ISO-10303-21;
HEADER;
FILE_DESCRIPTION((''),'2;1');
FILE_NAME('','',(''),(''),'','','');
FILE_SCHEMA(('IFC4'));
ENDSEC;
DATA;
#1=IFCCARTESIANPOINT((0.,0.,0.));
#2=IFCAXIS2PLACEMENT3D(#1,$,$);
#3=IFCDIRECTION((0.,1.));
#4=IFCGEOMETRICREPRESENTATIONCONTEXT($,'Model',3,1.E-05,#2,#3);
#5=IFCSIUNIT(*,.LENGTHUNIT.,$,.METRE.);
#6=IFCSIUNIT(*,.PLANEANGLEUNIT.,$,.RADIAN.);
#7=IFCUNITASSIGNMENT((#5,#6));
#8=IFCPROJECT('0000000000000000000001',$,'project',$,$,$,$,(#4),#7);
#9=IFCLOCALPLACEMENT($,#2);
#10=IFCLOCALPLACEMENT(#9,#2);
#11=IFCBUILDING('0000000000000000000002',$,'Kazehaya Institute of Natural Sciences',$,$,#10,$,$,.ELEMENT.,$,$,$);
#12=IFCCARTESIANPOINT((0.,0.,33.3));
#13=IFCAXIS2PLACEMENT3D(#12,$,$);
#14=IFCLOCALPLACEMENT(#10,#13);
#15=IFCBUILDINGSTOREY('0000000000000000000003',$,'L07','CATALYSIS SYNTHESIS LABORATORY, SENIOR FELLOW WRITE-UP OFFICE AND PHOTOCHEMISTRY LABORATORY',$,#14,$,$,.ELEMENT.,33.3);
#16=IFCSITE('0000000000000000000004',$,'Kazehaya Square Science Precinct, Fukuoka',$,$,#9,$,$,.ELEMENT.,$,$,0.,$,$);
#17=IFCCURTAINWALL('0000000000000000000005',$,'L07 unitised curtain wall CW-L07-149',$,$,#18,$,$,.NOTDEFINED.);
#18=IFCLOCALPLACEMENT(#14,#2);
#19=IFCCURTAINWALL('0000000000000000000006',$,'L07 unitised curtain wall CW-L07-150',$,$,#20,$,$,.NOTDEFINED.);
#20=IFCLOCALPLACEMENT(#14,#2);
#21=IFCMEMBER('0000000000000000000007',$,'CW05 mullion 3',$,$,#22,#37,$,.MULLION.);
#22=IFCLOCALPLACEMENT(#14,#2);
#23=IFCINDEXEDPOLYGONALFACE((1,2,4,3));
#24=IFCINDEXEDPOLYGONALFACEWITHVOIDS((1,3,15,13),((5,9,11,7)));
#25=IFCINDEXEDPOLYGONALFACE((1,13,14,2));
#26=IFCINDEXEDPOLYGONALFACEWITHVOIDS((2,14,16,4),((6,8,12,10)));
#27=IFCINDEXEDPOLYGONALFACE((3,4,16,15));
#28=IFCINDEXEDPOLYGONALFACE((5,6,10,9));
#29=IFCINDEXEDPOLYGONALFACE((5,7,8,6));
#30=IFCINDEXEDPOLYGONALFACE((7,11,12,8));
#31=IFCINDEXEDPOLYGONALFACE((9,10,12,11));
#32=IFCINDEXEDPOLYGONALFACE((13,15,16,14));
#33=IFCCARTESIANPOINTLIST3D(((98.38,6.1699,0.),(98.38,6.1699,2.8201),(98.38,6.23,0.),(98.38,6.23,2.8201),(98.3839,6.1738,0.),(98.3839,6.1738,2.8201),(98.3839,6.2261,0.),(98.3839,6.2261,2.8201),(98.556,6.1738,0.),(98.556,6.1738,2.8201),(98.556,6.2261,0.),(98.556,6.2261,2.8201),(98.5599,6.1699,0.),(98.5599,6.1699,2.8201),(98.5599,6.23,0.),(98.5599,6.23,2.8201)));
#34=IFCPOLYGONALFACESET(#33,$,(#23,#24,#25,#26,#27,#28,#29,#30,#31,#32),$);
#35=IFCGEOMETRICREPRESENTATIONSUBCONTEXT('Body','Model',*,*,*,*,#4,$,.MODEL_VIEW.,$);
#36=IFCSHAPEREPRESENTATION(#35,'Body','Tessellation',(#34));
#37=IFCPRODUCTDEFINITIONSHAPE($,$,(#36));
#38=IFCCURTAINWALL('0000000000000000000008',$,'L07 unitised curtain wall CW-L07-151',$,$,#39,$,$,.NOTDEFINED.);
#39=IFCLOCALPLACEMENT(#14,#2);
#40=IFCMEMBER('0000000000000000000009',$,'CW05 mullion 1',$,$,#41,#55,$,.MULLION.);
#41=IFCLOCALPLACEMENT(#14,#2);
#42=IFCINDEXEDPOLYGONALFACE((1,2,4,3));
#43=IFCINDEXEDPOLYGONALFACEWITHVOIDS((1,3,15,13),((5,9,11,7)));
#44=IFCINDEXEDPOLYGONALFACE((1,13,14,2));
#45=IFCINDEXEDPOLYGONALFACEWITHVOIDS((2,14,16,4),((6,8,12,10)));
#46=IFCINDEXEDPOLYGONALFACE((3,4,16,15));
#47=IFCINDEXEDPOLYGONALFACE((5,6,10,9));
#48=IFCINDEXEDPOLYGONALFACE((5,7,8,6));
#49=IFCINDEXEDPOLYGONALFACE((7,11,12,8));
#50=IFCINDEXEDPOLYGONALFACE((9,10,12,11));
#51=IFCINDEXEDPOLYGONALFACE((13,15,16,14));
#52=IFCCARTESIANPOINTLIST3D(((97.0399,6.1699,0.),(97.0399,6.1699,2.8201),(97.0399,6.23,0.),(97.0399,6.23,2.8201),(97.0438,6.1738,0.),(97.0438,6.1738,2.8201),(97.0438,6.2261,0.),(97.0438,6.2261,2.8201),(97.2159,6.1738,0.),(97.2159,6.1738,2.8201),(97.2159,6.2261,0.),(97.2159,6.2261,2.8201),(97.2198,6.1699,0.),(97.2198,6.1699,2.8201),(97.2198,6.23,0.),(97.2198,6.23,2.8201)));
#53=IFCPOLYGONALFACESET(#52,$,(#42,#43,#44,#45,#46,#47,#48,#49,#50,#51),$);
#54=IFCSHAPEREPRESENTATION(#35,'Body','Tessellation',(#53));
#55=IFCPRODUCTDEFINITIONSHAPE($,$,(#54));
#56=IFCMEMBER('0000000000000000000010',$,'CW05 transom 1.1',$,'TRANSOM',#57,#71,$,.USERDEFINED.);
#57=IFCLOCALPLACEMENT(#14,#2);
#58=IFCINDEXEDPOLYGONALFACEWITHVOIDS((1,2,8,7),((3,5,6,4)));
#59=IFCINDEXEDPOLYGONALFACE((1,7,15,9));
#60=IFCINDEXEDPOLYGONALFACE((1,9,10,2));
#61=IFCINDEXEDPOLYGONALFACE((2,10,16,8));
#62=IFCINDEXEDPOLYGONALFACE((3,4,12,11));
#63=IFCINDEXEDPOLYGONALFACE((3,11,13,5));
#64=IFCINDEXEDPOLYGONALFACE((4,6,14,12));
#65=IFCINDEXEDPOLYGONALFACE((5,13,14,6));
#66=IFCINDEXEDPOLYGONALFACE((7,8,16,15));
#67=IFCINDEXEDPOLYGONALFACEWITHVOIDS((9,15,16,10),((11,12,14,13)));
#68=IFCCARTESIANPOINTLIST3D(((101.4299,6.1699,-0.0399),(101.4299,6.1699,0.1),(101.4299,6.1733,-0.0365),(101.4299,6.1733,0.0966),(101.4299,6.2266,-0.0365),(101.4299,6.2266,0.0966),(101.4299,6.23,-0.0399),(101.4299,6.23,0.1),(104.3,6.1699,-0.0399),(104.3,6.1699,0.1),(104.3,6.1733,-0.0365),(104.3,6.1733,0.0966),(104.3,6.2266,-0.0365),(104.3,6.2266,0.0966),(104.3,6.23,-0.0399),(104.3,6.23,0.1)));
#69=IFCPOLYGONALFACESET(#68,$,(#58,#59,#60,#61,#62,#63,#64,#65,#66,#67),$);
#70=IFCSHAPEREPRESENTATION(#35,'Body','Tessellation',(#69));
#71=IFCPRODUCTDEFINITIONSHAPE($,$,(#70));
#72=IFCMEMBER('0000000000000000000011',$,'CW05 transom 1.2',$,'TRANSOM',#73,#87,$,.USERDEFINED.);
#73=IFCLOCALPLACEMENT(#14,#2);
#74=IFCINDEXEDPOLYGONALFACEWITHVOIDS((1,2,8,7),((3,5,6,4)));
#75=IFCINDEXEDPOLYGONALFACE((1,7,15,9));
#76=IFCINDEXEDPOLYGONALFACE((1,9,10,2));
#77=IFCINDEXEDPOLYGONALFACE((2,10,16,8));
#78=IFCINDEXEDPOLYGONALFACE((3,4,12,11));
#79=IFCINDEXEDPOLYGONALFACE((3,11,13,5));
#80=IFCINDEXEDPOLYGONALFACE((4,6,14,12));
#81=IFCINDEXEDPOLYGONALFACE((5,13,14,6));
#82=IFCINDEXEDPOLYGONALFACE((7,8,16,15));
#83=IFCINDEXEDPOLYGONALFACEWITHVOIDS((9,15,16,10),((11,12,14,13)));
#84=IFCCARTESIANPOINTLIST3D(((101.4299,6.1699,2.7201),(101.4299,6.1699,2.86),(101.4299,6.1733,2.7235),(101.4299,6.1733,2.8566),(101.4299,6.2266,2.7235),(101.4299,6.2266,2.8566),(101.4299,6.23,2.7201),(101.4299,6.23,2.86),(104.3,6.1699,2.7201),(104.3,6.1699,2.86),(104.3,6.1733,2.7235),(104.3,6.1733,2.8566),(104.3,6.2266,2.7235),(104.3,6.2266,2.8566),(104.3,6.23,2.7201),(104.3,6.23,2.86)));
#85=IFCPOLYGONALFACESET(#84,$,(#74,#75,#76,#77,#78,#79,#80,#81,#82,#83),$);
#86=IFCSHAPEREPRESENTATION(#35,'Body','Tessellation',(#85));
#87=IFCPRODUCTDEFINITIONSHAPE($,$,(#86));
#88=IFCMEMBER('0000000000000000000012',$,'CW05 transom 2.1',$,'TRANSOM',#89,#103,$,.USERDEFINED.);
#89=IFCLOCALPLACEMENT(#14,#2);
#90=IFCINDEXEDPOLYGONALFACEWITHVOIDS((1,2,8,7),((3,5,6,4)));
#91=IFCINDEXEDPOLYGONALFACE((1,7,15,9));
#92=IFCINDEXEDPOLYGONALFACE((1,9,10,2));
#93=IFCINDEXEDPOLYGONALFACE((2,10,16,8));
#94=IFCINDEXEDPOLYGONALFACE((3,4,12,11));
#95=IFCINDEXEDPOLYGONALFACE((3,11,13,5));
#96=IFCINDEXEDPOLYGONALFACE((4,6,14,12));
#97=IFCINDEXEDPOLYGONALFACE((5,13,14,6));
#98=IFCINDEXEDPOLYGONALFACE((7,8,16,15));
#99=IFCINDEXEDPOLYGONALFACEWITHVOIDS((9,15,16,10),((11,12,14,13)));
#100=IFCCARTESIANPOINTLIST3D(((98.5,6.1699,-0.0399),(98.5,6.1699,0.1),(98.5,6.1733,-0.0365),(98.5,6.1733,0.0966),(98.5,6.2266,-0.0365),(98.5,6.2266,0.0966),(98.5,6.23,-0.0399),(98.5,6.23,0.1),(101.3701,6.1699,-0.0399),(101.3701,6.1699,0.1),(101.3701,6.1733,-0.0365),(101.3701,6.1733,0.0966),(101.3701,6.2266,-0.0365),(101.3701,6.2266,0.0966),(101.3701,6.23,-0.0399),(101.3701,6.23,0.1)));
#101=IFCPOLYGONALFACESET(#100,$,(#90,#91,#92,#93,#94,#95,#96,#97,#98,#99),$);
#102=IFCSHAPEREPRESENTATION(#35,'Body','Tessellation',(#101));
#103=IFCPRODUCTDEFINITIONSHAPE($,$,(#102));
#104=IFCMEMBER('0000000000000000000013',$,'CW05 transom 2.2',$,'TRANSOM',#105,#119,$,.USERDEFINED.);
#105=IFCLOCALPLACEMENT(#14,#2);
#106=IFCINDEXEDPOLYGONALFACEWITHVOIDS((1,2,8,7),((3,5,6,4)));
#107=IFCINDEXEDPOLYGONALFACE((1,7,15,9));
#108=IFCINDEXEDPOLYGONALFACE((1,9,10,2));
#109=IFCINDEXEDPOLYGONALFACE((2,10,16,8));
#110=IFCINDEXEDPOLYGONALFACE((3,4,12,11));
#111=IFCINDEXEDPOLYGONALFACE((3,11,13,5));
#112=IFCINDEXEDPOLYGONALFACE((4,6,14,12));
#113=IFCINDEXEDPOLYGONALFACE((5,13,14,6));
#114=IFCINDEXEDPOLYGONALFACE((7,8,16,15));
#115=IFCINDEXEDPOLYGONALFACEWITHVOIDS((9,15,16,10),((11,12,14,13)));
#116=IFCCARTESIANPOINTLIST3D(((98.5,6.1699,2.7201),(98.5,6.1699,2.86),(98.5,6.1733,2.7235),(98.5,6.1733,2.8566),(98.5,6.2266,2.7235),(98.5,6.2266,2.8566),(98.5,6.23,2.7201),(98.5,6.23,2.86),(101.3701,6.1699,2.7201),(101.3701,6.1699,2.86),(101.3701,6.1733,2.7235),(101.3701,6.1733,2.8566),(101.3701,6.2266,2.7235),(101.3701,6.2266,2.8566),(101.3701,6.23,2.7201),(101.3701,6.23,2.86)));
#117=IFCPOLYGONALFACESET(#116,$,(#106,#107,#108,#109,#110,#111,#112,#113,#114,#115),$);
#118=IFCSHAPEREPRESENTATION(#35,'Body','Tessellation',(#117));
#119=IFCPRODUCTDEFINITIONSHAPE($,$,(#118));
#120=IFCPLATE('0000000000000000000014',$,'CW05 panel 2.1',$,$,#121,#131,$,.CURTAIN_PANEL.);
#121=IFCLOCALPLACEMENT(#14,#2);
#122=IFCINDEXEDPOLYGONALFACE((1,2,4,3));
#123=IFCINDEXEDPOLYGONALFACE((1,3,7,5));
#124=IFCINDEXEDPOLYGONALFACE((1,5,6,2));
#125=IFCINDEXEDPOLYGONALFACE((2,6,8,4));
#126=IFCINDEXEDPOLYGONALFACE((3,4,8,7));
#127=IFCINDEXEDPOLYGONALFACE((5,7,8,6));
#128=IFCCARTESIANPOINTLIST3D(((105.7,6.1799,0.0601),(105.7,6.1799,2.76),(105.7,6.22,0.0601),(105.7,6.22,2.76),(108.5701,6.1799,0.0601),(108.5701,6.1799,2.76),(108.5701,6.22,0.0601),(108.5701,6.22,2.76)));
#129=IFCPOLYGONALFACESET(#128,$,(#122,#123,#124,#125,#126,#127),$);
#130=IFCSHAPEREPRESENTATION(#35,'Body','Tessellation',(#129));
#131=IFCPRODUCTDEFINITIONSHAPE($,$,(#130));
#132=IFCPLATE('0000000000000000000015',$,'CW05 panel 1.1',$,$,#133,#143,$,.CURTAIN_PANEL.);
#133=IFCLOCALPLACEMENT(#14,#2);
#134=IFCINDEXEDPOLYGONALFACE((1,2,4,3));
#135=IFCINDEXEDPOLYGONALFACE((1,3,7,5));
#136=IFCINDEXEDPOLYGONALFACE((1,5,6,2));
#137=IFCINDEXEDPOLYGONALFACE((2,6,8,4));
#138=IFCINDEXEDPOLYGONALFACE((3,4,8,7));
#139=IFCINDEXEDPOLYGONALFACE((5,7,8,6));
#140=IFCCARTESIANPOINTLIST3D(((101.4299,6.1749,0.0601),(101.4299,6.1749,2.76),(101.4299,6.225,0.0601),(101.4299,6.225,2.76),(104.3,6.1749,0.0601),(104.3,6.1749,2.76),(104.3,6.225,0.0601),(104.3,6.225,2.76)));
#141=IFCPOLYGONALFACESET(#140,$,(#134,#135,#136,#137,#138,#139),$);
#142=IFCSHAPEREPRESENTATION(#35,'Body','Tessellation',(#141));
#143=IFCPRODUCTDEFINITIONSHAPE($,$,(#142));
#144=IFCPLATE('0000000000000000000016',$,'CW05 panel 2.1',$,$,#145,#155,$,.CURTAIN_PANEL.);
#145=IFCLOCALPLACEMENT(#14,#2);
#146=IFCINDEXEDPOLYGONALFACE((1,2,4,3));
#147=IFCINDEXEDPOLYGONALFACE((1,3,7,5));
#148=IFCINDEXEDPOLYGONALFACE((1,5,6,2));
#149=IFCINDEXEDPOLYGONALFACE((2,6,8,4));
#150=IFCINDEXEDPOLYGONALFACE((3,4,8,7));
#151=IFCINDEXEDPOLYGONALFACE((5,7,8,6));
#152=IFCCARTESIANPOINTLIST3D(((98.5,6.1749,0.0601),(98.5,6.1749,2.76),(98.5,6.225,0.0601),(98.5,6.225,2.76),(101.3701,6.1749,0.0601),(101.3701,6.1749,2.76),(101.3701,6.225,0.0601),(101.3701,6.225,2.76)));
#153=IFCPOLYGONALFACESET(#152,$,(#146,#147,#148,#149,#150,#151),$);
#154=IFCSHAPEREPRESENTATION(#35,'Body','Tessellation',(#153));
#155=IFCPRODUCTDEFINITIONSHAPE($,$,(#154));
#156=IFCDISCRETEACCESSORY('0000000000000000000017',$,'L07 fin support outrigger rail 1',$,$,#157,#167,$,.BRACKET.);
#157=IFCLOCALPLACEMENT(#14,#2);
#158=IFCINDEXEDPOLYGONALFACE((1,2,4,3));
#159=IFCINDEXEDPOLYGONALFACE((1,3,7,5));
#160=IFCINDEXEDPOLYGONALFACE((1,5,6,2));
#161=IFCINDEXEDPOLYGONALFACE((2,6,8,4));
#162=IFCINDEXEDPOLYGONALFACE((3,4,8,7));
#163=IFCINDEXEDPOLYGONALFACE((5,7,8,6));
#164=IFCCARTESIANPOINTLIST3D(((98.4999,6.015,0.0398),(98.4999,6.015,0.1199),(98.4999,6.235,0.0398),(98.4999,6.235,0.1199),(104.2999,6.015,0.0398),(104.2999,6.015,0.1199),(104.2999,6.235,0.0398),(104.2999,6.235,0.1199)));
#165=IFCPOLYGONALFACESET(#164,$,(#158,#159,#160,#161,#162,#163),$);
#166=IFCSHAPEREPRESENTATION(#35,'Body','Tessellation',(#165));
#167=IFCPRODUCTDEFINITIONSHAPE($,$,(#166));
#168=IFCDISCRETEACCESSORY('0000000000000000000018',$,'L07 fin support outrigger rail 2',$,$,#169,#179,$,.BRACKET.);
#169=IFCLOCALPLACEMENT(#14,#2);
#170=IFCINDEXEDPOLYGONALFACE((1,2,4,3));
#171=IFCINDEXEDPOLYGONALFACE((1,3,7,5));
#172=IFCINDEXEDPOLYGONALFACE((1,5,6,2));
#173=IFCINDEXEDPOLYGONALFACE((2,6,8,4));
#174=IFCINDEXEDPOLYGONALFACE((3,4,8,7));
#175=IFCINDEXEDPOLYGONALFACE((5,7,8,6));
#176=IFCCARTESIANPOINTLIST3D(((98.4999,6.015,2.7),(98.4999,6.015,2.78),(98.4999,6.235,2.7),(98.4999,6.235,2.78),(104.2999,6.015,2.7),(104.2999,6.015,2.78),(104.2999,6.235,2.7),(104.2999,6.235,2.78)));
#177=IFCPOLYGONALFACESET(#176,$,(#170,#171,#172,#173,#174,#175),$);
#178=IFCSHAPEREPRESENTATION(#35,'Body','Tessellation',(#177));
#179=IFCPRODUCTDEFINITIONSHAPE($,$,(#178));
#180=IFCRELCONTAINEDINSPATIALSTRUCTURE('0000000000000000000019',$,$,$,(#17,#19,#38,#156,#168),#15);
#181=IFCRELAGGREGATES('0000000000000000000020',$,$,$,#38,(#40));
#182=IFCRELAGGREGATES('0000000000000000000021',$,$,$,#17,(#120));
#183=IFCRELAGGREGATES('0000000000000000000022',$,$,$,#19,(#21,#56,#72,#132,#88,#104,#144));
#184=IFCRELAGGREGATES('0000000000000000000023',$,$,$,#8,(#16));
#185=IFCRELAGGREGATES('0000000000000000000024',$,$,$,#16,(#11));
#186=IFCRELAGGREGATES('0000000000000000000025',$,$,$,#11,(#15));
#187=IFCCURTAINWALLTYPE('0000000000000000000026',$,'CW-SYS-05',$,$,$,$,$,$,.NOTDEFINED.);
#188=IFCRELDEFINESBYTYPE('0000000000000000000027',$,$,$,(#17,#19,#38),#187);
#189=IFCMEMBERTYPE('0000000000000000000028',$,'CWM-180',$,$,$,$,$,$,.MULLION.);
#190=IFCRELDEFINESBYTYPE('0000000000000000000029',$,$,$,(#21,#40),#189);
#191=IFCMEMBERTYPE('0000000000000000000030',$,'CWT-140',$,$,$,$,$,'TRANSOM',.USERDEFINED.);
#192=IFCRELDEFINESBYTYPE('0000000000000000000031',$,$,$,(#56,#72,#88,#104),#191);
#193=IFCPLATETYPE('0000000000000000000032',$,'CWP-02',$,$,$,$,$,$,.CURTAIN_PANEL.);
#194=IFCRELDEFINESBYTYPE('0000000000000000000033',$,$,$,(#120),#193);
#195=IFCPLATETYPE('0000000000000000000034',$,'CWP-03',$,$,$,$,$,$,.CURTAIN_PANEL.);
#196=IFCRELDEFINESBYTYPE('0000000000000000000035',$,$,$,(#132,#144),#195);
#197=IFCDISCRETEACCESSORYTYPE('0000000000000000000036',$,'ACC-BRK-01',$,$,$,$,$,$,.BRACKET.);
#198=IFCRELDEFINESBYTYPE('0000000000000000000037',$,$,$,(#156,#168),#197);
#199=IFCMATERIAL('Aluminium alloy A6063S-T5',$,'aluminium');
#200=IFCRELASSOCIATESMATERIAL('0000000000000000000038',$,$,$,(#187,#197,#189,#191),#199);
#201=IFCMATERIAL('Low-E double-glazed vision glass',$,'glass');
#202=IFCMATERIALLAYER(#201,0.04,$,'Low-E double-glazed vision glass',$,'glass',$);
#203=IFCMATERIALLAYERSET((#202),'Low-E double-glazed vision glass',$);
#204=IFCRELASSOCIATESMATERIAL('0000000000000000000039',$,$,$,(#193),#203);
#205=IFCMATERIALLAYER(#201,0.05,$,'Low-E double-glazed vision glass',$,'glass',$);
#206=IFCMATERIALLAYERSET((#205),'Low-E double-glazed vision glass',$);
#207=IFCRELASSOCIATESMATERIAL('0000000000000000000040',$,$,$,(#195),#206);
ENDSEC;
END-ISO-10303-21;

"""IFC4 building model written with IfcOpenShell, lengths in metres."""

from ifc_helpers import new_model, si_unit, direction, frame, origin, origin_2d, place, context, subcontext, project, spatial, rectangle, hollow_rectangle, extrude, material, layer, layer_set, material_profile, profile_set, type_object, element, aggregate, save


model = new_model("IFC4")

# Units and contexts
model_context = context("Model", 3, precision=1e-05, world=origin(), true_north=direction((0.0, 1.0)))
body_context = subcontext(model_context, "Body", "Model", "MODEL_VIEW")
ifc_project = project(units=[si_unit("LENGTHUNIT", "METRE"), si_unit("PLANEANGLEUNIT", "RADIAN")], contexts=[model_context])

# Site, building, storey
site_placement = place(None, origin())
site = spatial("IfcSite", under=ifc_project, at=site_placement, Name="Kazehaya Square Science Precinct, Fukuoka", CompositionType="ELEMENT", RefElevation=0.0)
building_placement = place(site_placement, origin())
building = spatial("IfcBuilding", under=site, at=building_placement, Name="Kazehaya Institute of Natural Sciences", CompositionType="ELEMENT")
storey_placement = place(building_placement, frame((0.0, 0.0, 33.3)))
storey = spatial("IfcBuildingStorey", under=building, at=storey_placement, Name="L07", Description="CATALYSIS SYNTHESIS LABORATORY, SENIOR FELLOW WRITE-UP OFFICE AND PHOTOCHEMISTRY LABORATORY", CompositionType="ELEMENT", Elevation=33.3)

# Curtain wall
ifc_material_1 = material(Name="Aluminium alloy A6063S-T5", Category="aluminium")
curtain_wall_type = type_object("IfcCurtainWallType", Name="CW-SYS-05", PredefinedType="NOTDEFINED", material=ifc_material_1)
curtain_wall_1_placement = place(storey_placement, origin())
curtain_wall_1 = element("IfcCurtainWall", 1, at=curtain_wall_1_placement, inside=storey, type_object=curtain_wall_type, Name="L07 unitised curtain wall CW-L07-149", PredefinedType="NOTDEFINED")
ifc_material_profile_1 = material_profile(ifc_material_1, hollow_rectangle(XDim=0.0601, YDim=0.1799, WallThickness=0.0039, at=origin_2d()), Name="ALU-60x180x4")
ifc_profile_set_1 = profile_set([ifc_material_profile_1], Name="Aluminium alloy A6063S-T5")
member_type_1 = type_object("IfcMemberType", Name="CWM-180", PredefinedType="MULLION", material=ifc_profile_set_1)

# Curtain wall, member
curtain_wall_2_placement = place(storey_placement, origin())
curtain_wall_2 = element("IfcCurtainWall", 2, at=curtain_wall_2_placement, inside=storey, type_object=curtain_wall_type, Name="L07 unitised curtain wall CW-L07-150", PredefinedType="NOTDEFINED")
member_1_placement = place(storey_placement, frame((98.47, 6.2, 0.0), z_axis=(0.0, 0.0, 1.0), x_axis=(0.0, -1.0, 0.0)))
member_1 = element("IfcMember", 3, at=member_1_placement, type_object=member_type_1, Name="CW05 mullion 3", PredefinedType="MULLION", context=body_context, shape_type="SweptSolid", body=[
    extrude(hollow_rectangle(XDim=0.0601, YDim=0.1799, WallThickness=0.0039, at=origin_2d()), origin(), (0.0, 0.0, 1.0), 2.8201),
])

# Curtain wall, member
curtain_wall_3_placement = place(storey_placement, origin())
curtain_wall_3 = element("IfcCurtainWall", 4, at=curtain_wall_3_placement, inside=storey, type_object=curtain_wall_type, Name="L07 unitised curtain wall CW-L07-151", PredefinedType="NOTDEFINED")
member_2_placement = place(storey_placement, frame((97.1299, 6.2, 0.0), z_axis=(0.0, 0.0, 1.0), x_axis=(0.0, -1.0, 0.0)))
member_2 = element("IfcMember", 5, at=member_2_placement, type_object=member_type_1, Name="CW05 mullion 1", PredefinedType="MULLION", context=body_context, shape_type="SweptSolid", body=[
    extrude(hollow_rectangle(XDim=0.0601, YDim=0.1799, WallThickness=0.0039, at=origin_2d()), origin(), (0.0, 0.0, 1.0), 2.8201),
])
aggregate(curtain_wall_3, [member_2])

# Members
ifc_material_profile_2 = material_profile(ifc_material_1, hollow_rectangle(XDim=0.0601, YDim=0.1399, WallThickness=0.0034, at=origin_2d()), Name="ALU-60x140x3.5")
ifc_profile_set_2 = profile_set([ifc_material_profile_2], Name="Aluminium alloy A6063S-T5")
member_type_2 = type_object("IfcMemberType", Name="CWT-140", ElementType="TRANSOM", PredefinedType="USERDEFINED", material=ifc_profile_set_2)
member_3_placement = place(storey_placement, frame((104.3, 6.2, 0.03), z_axis=(-1.0, 0.0, 0.0), x_axis=(0.0, -1.0, 0.0)))
member_3 = element("IfcMember", 6, at=member_3_placement, type_object=member_type_2, Name="CW05 transom 1.1", ObjectType="TRANSOM", PredefinedType="USERDEFINED", context=body_context, shape_type="SweptSolid", body=[
    extrude(hollow_rectangle(XDim=0.0601, YDim=0.1399, WallThickness=0.0034, at=origin_2d()), origin(), (0.0, 0.0, 1.0), 2.8701),
])
member_4_placement = place(storey_placement, frame((104.3, 6.2, 2.79), z_axis=(-1.0, 0.0, 0.0), x_axis=(0.0, -1.0, 0.0)))
member_4 = element("IfcMember", 7, at=member_4_placement, type_object=member_type_2, Name="CW05 transom 1.2", ObjectType="TRANSOM", PredefinedType="USERDEFINED", context=body_context, shape_type="SweptSolid", body=[
    extrude(hollow_rectangle(XDim=0.0601, YDim=0.1399, WallThickness=0.0034, at=origin_2d()), origin(), (0.0, 0.0, 1.0), 2.8701),
])
member_5_placement = place(storey_placement, frame((101.3701, 6.2, 0.03), z_axis=(-1.0, 0.0, 0.0), x_axis=(0.0, -1.0, 0.0)))
member_5 = element("IfcMember", 8, at=member_5_placement, type_object=member_type_2, Name="CW05 transom 2.1", ObjectType="TRANSOM", PredefinedType="USERDEFINED", context=body_context, shape_type="SweptSolid", body=[
    extrude(hollow_rectangle(XDim=0.0601, YDim=0.1399, WallThickness=0.0034, at=origin_2d()), origin(), (0.0, 0.0, 1.0), 2.8701),
])
member_6_placement = place(storey_placement, frame((101.3701, 6.2, 2.79), z_axis=(-1.0, 0.0, 0.0), x_axis=(0.0, -1.0, 0.0)))
member_6 = element("IfcMember", 9, at=member_6_placement, type_object=member_type_2, Name="CW05 transom 2.2", ObjectType="TRANSOM", PredefinedType="USERDEFINED", context=body_context, shape_type="SweptSolid", body=[
    extrude(hollow_rectangle(XDim=0.0601, YDim=0.1399, WallThickness=0.0034, at=origin_2d()), origin(), (0.0, 0.0, 1.0), 2.8701),
])

# Plates
ifc_material_2 = material(Name="Low-E double-glazed vision glass", Category="glass")
ifc_layer_1 = layer(ifc_material_2, 0.04, Name="Low-E double-glazed vision glass", Category="glass")
ifc_layer_set_1 = layer_set([ifc_layer_1], Name="Low-E double-glazed vision glass")
plate_type_1 = type_object("IfcPlateType", Name="CWP-02", PredefinedType="CURTAIN_PANEL", material=ifc_layer_set_1)
plate_1_placement = place(storey_placement, frame((107.135, 6.2, 0.0601), z_axis=(0.0, 0.0, 1.0), x_axis=(-1.0, 0.0, 0.0)))
plate_1 = element("IfcPlate", 10, at=plate_1_placement, type_object=plate_type_1, Name="CW05 panel 2.1", PredefinedType="CURTAIN_PANEL", context=body_context, shape_type="SweptSolid", body=[
    extrude(rectangle(XDim=2.8701, YDim=0.04, at=origin_2d()), origin(), (0.0, 0.0, 1.0), 2.7),
])
aggregate(curtain_wall_1, [plate_1])
ifc_layer_2 = layer(ifc_material_2, 0.05, Name="Low-E double-glazed vision glass", Category="glass")
ifc_layer_set_2 = layer_set([ifc_layer_2], Name="Low-E double-glazed vision glass")
plate_type_2 = type_object("IfcPlateType", Name="CWP-03", PredefinedType="CURTAIN_PANEL", material=ifc_layer_set_2)
plate_2_placement = place(storey_placement, frame((102.865, 6.2, 0.0601), z_axis=(0.0, 0.0, 1.0), x_axis=(-1.0, 0.0, 0.0)))
plate_2 = element("IfcPlate", 11, at=plate_2_placement, type_object=plate_type_2, Name="CW05 panel 1.1", PredefinedType="CURTAIN_PANEL", context=body_context, shape_type="SweptSolid", body=[
    extrude(rectangle(XDim=2.8701, YDim=0.05, at=origin_2d()), origin(), (0.0, 0.0, 1.0), 2.7),
])
plate_3_placement = place(storey_placement, frame((99.9351, 6.2, 0.0601), z_axis=(0.0, 0.0, 1.0), x_axis=(-1.0, 0.0, 0.0)))
plate_3 = element("IfcPlate", 12, at=plate_3_placement, type_object=plate_type_2, Name="CW05 panel 2.1", PredefinedType="CURTAIN_PANEL", context=body_context, shape_type="SweptSolid", body=[
    extrude(rectangle(XDim=2.8701, YDim=0.05, at=origin_2d()), origin(), (0.0, 0.0, 1.0), 2.7),
])
aggregate(curtain_wall_2, [member_1, member_3, member_4, plate_2, member_5, member_6, plate_3])

# Discrete accessories
discrete_accessory_type = type_object("IfcDiscreteAccessoryType", Name="ACC-BRK-01", PredefinedType="BRACKET", material=ifc_material_1)
for number, where, z_axis, x_axis, name in (
    (13, (101.3999, 6.125, 0.0398), (0.0, 0.0, 1.0), (-1.0, 0.0, 0.0), "L07 fin support outrigger rail 1"),
    (14, (101.3999, 6.125, 2.7), (0.0, 0.0, 1.0), (-1.0, 0.0, 0.0), "L07 fin support outrigger rail 2"),
):
    element("IfcDiscreteAccessory", number, at=place(storey_placement, frame(where, z_axis=z_axis, x_axis=x_axis)), inside=storey, type_object=discrete_accessory_type, Name=name, PredefinedType="BRACKET", context=body_context, shape_type="SweptSolid", body=[
        extrude(rectangle(XDim=5.8, YDim=0.22, at=origin_2d()), origin(), (0.0, 0.0, 1.0), 0.0801),
    ])

save(model, "model.ifc")
